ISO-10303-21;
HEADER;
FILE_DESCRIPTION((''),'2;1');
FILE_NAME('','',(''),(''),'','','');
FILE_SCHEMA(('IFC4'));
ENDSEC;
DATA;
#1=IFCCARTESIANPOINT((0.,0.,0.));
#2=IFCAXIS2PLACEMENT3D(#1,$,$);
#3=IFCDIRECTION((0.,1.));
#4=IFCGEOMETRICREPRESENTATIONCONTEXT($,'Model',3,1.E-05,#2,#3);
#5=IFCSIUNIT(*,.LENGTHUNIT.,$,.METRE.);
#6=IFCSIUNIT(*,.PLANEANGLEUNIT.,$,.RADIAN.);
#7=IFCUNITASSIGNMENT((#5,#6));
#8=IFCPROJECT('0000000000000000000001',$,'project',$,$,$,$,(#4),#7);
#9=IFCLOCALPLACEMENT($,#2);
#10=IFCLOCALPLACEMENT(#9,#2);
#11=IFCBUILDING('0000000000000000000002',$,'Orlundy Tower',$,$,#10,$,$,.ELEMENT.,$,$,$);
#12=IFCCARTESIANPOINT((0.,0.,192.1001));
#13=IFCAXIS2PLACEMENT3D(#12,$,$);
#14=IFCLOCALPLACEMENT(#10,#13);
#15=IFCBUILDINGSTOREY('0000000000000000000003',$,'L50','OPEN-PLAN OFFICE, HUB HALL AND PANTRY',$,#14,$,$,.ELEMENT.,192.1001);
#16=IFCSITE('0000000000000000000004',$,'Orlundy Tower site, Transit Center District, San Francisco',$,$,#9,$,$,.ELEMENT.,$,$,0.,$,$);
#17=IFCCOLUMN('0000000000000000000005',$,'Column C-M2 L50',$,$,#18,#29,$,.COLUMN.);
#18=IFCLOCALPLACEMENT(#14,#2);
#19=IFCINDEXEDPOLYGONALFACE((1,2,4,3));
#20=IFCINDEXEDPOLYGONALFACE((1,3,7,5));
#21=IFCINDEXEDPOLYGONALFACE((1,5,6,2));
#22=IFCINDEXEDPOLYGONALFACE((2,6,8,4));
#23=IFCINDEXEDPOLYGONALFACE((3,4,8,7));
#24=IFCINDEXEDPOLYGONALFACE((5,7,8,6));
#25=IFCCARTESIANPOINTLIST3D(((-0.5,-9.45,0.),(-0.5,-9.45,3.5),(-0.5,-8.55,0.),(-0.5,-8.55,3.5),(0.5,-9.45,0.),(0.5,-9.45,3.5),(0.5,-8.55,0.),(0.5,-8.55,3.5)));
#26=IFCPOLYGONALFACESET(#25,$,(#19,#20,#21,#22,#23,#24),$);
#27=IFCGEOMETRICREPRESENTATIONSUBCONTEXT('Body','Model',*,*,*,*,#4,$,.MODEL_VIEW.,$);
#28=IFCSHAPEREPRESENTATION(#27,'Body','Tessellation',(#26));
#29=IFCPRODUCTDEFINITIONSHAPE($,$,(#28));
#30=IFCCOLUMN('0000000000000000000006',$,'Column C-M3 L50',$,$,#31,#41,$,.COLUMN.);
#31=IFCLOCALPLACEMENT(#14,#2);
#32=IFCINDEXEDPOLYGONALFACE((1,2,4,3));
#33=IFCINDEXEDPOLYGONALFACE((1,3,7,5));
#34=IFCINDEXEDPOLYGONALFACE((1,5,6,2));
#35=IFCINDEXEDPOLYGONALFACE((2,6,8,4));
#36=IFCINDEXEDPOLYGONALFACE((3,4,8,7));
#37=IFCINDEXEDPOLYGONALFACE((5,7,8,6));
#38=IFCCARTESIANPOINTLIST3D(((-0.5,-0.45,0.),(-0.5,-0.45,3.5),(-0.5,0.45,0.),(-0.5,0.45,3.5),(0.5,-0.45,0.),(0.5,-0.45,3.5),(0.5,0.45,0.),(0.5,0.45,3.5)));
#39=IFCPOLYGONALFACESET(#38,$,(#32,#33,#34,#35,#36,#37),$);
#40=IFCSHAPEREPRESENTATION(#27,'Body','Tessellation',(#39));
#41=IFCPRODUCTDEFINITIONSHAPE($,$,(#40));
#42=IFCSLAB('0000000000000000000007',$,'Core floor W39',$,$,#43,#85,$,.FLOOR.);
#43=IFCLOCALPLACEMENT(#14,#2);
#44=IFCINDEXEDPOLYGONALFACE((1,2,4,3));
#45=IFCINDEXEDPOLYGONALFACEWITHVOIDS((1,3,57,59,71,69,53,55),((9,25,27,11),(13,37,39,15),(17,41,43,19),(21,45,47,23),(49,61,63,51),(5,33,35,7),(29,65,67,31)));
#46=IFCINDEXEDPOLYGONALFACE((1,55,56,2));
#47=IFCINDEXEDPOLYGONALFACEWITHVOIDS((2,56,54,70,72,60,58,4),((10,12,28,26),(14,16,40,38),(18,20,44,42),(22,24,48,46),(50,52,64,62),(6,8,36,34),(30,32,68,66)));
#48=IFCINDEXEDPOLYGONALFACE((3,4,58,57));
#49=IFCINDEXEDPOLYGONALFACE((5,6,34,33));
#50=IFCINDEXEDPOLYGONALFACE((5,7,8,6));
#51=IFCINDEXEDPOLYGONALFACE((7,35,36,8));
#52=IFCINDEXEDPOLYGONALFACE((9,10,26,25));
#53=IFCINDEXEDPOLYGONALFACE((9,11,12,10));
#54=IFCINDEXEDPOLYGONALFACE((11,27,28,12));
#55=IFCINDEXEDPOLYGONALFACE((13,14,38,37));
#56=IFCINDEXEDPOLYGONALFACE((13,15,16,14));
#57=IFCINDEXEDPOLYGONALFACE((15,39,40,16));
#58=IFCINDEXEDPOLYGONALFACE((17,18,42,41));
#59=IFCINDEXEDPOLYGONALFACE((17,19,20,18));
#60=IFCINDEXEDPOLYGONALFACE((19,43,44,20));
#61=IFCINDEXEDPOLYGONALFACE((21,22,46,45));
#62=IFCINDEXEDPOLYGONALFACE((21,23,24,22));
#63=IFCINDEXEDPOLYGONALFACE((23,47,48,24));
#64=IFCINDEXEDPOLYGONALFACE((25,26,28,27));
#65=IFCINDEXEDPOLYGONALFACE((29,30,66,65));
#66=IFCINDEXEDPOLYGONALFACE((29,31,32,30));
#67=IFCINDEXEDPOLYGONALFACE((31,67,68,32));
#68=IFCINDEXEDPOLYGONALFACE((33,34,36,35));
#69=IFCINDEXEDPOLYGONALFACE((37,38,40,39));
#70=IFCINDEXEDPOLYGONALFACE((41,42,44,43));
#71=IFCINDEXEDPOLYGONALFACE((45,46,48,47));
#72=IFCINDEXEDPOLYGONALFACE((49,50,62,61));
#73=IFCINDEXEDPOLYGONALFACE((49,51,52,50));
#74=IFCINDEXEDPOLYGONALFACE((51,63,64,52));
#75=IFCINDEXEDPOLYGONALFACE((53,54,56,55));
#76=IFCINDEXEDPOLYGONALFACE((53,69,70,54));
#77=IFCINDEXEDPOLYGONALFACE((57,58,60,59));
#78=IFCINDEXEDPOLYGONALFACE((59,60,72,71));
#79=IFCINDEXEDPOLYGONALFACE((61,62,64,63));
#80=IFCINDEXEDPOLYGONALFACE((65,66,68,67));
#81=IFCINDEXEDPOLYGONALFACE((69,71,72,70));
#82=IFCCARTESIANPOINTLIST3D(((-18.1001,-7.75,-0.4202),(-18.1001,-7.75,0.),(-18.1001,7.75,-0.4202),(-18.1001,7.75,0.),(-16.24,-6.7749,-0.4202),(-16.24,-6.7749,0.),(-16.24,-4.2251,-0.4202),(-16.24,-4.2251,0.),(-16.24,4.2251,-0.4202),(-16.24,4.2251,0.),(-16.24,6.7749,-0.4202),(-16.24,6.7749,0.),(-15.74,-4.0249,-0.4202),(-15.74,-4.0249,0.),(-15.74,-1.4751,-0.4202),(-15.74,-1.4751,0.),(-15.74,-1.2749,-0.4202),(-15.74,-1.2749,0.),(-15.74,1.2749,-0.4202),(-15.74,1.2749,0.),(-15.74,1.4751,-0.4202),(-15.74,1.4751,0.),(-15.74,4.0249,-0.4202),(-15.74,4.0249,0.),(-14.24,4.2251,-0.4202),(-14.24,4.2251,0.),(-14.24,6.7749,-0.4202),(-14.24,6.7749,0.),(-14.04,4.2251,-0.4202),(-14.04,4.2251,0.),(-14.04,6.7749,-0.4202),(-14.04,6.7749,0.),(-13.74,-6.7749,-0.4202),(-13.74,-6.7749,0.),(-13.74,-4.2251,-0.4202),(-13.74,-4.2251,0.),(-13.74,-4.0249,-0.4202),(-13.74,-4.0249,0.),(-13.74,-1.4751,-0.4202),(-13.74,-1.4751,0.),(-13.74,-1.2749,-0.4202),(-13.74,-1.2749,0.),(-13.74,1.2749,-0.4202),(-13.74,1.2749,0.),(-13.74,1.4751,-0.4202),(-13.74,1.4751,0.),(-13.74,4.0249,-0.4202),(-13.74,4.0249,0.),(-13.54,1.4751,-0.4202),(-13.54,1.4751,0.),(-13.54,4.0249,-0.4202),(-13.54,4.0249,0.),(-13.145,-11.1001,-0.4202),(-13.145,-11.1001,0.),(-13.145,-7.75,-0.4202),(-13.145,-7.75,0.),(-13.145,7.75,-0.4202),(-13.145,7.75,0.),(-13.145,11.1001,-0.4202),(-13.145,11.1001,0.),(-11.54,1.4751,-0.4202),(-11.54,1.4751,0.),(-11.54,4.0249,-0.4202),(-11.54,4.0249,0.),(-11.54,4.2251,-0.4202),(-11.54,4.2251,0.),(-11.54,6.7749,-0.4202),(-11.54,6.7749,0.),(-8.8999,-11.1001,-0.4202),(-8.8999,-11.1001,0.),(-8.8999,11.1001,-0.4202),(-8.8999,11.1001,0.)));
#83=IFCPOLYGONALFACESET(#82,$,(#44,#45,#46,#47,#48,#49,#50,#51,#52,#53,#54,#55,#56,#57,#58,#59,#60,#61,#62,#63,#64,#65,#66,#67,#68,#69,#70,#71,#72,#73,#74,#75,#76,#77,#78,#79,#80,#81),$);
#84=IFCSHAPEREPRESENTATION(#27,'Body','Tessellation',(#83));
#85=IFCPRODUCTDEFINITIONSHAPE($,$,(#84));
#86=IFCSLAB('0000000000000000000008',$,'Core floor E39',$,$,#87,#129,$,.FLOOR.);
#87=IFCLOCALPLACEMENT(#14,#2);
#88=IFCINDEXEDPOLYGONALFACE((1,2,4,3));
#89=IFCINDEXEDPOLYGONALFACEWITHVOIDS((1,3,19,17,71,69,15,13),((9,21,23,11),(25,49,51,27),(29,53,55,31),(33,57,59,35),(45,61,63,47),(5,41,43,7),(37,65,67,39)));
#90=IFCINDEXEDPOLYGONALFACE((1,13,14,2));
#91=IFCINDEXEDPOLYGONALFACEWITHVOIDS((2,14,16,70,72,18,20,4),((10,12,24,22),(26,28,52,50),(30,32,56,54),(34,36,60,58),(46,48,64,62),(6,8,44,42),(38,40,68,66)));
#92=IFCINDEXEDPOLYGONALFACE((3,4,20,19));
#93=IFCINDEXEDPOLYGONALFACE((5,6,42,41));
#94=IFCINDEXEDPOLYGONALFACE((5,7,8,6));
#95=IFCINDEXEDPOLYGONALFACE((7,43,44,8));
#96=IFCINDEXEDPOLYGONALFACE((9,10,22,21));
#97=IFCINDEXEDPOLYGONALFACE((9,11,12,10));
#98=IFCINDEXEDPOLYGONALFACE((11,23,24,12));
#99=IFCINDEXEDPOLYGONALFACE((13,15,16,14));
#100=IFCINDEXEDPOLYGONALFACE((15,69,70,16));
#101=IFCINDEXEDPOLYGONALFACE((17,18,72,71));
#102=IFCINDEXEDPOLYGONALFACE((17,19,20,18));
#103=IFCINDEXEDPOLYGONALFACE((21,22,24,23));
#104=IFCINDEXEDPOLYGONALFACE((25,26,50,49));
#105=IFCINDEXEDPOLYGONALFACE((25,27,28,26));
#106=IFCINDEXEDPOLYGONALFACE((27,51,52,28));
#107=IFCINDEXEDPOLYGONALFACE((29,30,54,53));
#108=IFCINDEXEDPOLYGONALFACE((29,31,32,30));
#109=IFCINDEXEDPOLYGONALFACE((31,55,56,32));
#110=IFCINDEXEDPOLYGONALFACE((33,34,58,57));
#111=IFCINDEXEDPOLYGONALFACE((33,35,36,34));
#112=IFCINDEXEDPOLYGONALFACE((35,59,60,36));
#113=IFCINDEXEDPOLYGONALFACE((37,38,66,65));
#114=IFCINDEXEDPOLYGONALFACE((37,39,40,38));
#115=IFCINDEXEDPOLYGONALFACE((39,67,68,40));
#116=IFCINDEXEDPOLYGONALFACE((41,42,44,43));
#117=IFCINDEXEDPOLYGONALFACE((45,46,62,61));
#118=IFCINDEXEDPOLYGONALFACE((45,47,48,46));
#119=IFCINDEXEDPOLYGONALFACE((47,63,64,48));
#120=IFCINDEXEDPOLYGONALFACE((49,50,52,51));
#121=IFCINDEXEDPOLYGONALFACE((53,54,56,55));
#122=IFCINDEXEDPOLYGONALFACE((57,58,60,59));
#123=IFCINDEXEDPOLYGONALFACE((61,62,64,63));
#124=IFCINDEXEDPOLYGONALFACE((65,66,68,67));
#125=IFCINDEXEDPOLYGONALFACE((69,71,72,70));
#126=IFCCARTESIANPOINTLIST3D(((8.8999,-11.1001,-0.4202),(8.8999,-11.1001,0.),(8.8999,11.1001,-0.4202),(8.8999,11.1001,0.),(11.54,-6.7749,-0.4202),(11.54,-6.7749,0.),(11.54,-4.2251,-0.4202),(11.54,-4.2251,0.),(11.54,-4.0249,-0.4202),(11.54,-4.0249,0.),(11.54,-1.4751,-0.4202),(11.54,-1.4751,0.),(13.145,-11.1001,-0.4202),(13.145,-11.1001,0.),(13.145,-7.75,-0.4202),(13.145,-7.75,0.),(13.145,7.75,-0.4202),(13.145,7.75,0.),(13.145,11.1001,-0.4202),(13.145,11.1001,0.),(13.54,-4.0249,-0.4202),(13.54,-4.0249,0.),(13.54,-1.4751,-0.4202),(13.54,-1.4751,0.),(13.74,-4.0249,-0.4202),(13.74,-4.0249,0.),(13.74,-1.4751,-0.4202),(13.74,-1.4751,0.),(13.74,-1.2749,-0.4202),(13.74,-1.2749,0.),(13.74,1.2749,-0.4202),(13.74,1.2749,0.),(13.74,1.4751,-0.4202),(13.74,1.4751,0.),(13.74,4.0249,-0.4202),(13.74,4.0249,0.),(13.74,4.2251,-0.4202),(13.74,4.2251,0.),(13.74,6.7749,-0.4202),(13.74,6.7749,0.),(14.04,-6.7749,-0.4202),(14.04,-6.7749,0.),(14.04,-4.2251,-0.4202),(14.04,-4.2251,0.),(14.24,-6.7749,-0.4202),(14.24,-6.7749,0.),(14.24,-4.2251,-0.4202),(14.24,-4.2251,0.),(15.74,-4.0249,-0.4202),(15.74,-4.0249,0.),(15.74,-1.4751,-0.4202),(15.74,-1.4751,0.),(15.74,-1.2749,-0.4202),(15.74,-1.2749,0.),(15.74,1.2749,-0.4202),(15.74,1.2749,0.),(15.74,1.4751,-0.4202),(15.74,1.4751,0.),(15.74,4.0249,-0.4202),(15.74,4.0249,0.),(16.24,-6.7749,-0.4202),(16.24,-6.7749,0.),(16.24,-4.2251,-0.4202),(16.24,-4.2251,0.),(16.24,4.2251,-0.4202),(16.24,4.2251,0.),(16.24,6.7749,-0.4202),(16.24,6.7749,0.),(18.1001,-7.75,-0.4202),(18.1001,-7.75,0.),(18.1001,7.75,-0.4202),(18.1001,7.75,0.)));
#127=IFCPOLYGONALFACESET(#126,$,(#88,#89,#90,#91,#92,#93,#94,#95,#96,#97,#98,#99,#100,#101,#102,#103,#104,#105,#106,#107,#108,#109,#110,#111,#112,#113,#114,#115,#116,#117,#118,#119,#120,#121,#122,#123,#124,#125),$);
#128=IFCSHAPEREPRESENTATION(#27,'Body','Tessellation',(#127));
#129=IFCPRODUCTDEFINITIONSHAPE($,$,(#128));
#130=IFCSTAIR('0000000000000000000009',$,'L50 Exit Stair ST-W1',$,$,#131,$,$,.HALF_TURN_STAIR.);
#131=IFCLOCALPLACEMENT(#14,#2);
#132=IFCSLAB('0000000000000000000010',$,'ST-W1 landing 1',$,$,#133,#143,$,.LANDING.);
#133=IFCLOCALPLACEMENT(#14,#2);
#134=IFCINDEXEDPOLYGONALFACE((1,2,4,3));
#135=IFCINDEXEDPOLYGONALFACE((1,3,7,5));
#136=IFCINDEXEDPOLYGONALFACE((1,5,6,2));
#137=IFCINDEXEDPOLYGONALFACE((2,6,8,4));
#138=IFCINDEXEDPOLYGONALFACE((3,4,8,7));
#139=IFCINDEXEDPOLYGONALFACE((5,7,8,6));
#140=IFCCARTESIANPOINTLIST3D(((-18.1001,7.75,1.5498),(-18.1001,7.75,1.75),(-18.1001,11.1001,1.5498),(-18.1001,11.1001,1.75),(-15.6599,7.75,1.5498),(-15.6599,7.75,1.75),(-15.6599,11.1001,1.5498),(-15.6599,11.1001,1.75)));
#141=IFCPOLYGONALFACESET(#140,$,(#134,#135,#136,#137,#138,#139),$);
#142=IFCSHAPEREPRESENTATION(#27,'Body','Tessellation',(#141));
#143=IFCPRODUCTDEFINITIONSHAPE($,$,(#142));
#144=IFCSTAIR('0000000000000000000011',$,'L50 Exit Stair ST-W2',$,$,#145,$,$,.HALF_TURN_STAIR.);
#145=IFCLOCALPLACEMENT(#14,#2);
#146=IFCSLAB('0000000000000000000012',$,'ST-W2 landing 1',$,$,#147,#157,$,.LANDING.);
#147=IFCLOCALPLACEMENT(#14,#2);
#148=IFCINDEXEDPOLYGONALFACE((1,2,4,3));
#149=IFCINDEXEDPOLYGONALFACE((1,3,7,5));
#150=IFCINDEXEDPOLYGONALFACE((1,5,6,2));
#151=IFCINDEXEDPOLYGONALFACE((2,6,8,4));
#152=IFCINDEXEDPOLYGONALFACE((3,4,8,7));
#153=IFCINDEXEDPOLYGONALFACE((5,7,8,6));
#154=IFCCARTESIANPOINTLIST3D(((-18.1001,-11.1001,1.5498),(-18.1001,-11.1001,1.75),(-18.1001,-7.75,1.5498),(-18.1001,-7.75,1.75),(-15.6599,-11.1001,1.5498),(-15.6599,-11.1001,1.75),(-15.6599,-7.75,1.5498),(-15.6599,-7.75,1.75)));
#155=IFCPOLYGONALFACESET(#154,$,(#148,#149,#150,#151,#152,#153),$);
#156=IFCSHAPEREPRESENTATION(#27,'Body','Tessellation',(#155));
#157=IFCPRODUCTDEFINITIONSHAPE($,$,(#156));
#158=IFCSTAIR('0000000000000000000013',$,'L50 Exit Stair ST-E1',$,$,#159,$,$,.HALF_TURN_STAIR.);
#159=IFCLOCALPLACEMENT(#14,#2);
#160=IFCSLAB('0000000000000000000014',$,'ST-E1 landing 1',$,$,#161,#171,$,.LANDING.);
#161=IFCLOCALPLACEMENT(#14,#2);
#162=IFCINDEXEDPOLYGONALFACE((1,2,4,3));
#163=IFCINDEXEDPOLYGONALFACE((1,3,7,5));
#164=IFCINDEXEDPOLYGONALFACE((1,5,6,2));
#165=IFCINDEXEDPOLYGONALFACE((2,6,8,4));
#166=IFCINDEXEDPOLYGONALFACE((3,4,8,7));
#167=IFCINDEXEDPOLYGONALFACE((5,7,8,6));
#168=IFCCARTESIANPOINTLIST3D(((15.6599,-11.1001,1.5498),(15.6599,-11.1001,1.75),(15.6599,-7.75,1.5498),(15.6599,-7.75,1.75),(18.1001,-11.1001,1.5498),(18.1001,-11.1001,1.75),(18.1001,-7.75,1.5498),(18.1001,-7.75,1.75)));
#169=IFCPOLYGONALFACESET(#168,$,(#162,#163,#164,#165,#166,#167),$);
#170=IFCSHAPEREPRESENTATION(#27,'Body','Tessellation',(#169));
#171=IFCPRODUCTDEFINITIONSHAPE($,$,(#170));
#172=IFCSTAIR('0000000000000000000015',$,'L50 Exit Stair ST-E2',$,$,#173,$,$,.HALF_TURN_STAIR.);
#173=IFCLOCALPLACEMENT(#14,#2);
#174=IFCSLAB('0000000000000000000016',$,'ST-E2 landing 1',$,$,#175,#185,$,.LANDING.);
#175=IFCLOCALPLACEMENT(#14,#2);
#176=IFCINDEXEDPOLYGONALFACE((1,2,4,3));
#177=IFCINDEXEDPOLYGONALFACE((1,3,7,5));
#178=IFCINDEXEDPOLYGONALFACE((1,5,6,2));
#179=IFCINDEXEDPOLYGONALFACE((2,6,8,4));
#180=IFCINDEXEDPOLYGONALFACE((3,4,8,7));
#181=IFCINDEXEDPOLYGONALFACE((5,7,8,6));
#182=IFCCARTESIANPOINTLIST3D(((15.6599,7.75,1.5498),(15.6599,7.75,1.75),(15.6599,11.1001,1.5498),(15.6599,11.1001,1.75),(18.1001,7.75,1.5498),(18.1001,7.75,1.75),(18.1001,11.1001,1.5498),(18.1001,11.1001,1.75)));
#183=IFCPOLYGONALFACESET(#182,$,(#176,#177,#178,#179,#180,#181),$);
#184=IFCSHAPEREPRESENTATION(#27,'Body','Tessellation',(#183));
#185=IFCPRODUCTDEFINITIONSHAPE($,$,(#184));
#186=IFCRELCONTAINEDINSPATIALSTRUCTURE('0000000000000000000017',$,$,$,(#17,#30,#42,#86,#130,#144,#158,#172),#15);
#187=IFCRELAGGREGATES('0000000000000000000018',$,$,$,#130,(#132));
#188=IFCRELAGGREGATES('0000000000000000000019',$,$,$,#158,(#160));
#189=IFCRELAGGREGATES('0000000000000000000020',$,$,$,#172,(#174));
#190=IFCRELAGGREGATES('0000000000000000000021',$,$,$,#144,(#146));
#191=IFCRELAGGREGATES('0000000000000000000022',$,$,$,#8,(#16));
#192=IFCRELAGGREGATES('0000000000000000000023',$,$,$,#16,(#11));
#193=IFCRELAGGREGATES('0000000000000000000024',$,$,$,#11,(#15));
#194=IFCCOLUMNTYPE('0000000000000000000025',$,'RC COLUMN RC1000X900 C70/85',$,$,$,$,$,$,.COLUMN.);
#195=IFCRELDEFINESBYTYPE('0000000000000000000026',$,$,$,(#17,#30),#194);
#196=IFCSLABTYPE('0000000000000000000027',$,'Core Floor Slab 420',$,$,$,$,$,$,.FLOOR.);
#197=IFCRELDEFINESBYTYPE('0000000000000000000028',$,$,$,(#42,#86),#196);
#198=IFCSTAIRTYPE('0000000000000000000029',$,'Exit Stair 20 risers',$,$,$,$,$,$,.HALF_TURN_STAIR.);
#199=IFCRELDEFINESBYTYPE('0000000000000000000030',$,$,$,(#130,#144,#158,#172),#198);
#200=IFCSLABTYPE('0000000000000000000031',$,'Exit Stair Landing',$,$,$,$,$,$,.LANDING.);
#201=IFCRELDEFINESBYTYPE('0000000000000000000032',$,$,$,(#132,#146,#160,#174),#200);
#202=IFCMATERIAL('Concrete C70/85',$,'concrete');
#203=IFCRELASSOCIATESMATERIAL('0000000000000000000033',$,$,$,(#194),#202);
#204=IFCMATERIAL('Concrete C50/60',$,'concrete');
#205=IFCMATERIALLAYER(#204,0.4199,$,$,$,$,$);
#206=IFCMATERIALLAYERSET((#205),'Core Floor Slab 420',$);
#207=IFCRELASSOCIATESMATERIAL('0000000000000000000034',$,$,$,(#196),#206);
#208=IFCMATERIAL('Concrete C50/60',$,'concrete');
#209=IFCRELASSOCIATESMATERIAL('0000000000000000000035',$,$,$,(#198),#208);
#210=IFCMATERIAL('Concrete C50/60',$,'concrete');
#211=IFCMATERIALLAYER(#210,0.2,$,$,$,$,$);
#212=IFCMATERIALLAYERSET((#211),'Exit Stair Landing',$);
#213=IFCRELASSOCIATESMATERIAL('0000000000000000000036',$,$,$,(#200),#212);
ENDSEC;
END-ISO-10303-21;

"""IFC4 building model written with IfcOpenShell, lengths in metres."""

from ifc_helpers import new_model, si_unit, direction, frame, origin, origin_2d, place, context, subcontext, project, spatial, polyline, rectangle, outline, extrude, material, layer, layer_set, material_profile, profile_set, type_object, element, aggregate, save


model = new_model("IFC4")

# Units and contexts
model_context = context("Model", 3, precision=1e-05, world=origin(), true_north=direction((0.0, 1.0)))
body_context = subcontext(model_context, "Body", "Model", "MODEL_VIEW")
ifc_project = project(units=[si_unit("LENGTHUNIT", "METRE"), si_unit("PLANEANGLEUNIT", "RADIAN")], contexts=[model_context])

# Site, building, storey
site_placement = place(None, origin())
site = spatial("IfcSite", under=ifc_project, at=site_placement, Name="Orlundy Tower site, Transit Center District, San Francisco", CompositionType="ELEMENT", RefElevation=0.0)
building_placement = place(site_placement, origin())
building = spatial("IfcBuilding", under=site, at=building_placement, Name="Orlundy Tower", CompositionType="ELEMENT")
storey_placement = place(building_placement, frame((0.0, 0.0, 192.1001)))
storey = spatial("IfcBuildingStorey", under=building, at=storey_placement, Name="L50", Description="OPEN-PLAN OFFICE, HUB HALL AND PANTRY", CompositionType="ELEMENT", Elevation=192.1001)

# Columns
ifc_material_1 = material(Name="Concrete C70/85", Category="concrete")
ifc_material_profile = material_profile(ifc_material_1, rectangle(XDim=1.0, YDim=0.8999, at=origin_2d()), Name="RC1000X900")
ifc_profile_set = profile_set([ifc_material_profile], Name="Concrete C70/85")
column_type = type_object("IfcColumnType", Name="RC COLUMN RC1000X900 C70/85", PredefinedType="COLUMN", material=ifc_profile_set)
for number, where, z_axis, x_axis, name in (
    (1, (0.0, -9.0, 0.0), (0.0, 0.0, 1.0), (1.0, 0.0, 0.0), "Column C-M2 L50"),
    (2, (0.0, 0.0, 0.0), (0.0, 0.0, 1.0), (1.0, 0.0, 0.0), "Column C-M3 L50"),
):
    element("IfcColumn", number, at=place(storey_placement, frame(where, z_axis=z_axis, x_axis=x_axis)), inside=storey, type_object=column_type, Name=name, PredefinedType="COLUMN", context=body_context, shape_type="SweptSolid", body=[
        extrude(rectangle(XDim=1.0, YDim=0.8999, at=origin_2d()), origin(), (0.0, 0.0, 1.0), 3.5),
    ])

# Slabs
ifc_material_2 = material(Name="Concrete C50/60", Category="concrete")
ifc_layer_1 = layer(ifc_material_2, 0.4199)
ifc_layer_set_1 = layer_set([ifc_layer_1], Name="Core Floor Slab 420")
slab_type_1 = type_object("IfcSlabType", Name="Core Floor Slab 420", PredefinedType="FLOOR", material=ifc_layer_set_1)
slab_1_placement = place(storey_placement, frame((0.0, 0.0, -0.4202)))
element("IfcSlab", 3, at=slab_1_placement, inside=storey, type_object=slab_type_1, Name="Core floor W39", PredefinedType="FLOOR", context=body_context, shape_type="SweptSolid", body=[
    extrude(outline(polyline([(-13.145, -11.1001), (-13.145, -7.75), (-18.1001, -7.75), (-18.1001, 7.75), (-13.145, 7.75), (-13.145, 11.1001), (-8.8999, 11.1001), (-8.8999, -11.1001), (-13.145, -11.1001)]), holes=[polyline([(-13.74, -4.2251), (-16.24, -4.2251), (-16.24, -6.7749), (-13.74, -6.7749), (-13.74, -4.2251)]), polyline([(-13.74, -4.0249), (-13.74, -1.4751), (-15.74, -1.4751), (-15.74, -4.0249), (-13.74, -4.0249)]), polyline([(-15.74, -1.2749), (-13.74, -1.2749), (-13.74, 1.2749), (-15.74, 1.2749), (-15.74, -1.2749)]), polyline([(-13.54, 4.0249), (-13.54, 1.4751), (-11.54, 1.4751), (-11.54, 4.0249), (-13.54, 4.0249)]), polyline([(-13.74, 4.0249), (-15.74, 4.0249), (-15.74, 1.4751), (-13.74, 1.4751), (-13.74, 4.0249)]), polyline([(-11.54, 4.2251), (-11.54, 6.7749), (-14.04, 6.7749), (-14.04, 4.2251), (-11.54, 4.2251)]), polyline([(-16.24, 4.2251), (-14.24, 4.2251), (-14.24, 6.7749), (-16.24, 6.7749), (-16.24, 4.2251)])]), origin(), (0.0, 0.0, 1.0), 0.4202),
])
slab_2_placement = place(storey_placement, frame((0.0, 0.0, -0.4202)))
element("IfcSlab", 4, at=slab_2_placement, inside=storey, type_object=slab_type_1, Name="Core floor E39", PredefinedType="FLOOR", context=body_context, shape_type="SweptSolid", body=[
    extrude(outline(polyline([(13.145, 11.1001), (13.145, 7.75), (18.1001, 7.75), (18.1001, -7.75), (13.145, -7.75), (13.145, -11.1001), (8.8999, -11.1001), (8.8999, 11.1001), (13.145, 11.1001)]), holes=[polyline([(13.74, 4.2251), (16.24, 4.2251), (16.24, 6.7749), (13.74, 6.7749), (13.74, 4.2251)]), polyline([(13.74, 4.0249), (13.74, 1.4751), (15.74, 1.4751), (15.74, 4.0249), (13.74, 4.0249)]), polyline([(15.74, 1.2749), (13.74, 1.2749), (13.74, -1.2749), (15.74, -1.2749), (15.74, 1.2749)]), polyline([(13.54, -4.0249), (13.54, -1.4751), (11.54, -1.4751), (11.54, -4.0249), (13.54, -4.0249)]), polyline([(13.74, -4.0249), (15.74, -4.0249), (15.74, -1.4751), (13.74, -1.4751), (13.74, -4.0249)]), polyline([(11.54, -4.2251), (11.54, -6.7749), (14.04, -6.7749), (14.04, -4.2251), (11.54, -4.2251)]), polyline([(16.24, -4.2251), (14.24, -4.2251), (14.24, -6.7749), (16.24, -6.7749), (16.24, -4.2251)])]), origin(), (0.0, 0.0, 1.0), 0.4202),
])

# Stairs, slabs
ifc_material_3 = material(Name="Concrete C50/60", Category="concrete")
stair_type = type_object("IfcStairType", Name="Exit Stair 20 risers", PredefinedType="HALF_TURN_STAIR", material=ifc_material_3)
stair_1_placement = place(storey_placement, origin())
stair_1 = element("IfcStair", 5, at=stair_1_placement, inside=storey, type_object=stair_type, Name="L50 Exit Stair ST-W1", PredefinedType="HALF_TURN_STAIR")
ifc_material_4 = material(Name="Concrete C50/60", Category="concrete")
ifc_layer_2 = layer(ifc_material_4, 0.2)
ifc_layer_set_2 = layer_set([ifc_layer_2], Name="Exit Stair Landing")
slab_type_2 = type_object("IfcSlabType", Name="Exit Stair Landing", PredefinedType="LANDING", material=ifc_layer_set_2)
slab_3_placement = place(storey_placement, frame((0.0, 0.0, 1.5498)))
slab_3 = element("IfcSlab", 6, at=slab_3_placement, type_object=slab_type_2, Name="ST-W1 landing 1", PredefinedType="LANDING", context=body_context, shape_type="SweptSolid", body=[
    extrude(outline(polyline([(-15.6599, 11.1001), (-18.1001, 11.1001), (-18.1001, 7.75), (-15.6599, 7.75), (-15.6599, 11.1001)])), origin(), (0.0, 0.0, 1.0), 0.2002),
])
aggregate(stair_1, [slab_3])
stair_2_placement = place(storey_placement, origin())
stair_2 = element("IfcStair", 7, at=stair_2_placement, inside=storey, type_object=stair_type, Name="L50 Exit Stair ST-W2", PredefinedType="HALF_TURN_STAIR")
slab_4_placement = place(storey_placement, frame((0.0, 0.0, 1.5498)))
slab_4 = element("IfcSlab", 8, at=slab_4_placement, type_object=slab_type_2, Name="ST-W2 landing 1", PredefinedType="LANDING", context=body_context, shape_type="SweptSolid", body=[
    extrude(outline(polyline([(-15.6599, -7.75), (-18.1001, -7.75), (-18.1001, -11.1001), (-15.6599, -11.1001), (-15.6599, -7.75)])), origin(), (0.0, 0.0, 1.0), 0.2002),
])
stair_3_placement = place(storey_placement, origin())
stair_3 = element("IfcStair", 9, at=stair_3_placement, inside=storey, type_object=stair_type, Name="L50 Exit Stair ST-E1", PredefinedType="HALF_TURN_STAIR")
slab_5_placement = place(storey_placement, frame((0.0, 0.0, 1.5498)))
slab_5 = element("IfcSlab", 10, at=slab_5_placement, type_object=slab_type_2, Name="ST-E1 landing 1", PredefinedType="LANDING", context=body_context, shape_type="SweptSolid", body=[
    extrude(outline(polyline([(15.6599, -11.1001), (18.1001, -11.1001), (18.1001, -7.75), (15.6599, -7.75), (15.6599, -11.1001)])), origin(), (0.0, 0.0, 1.0), 0.2002),
])
aggregate(stair_3, [slab_5])
stair_4_placement = place(storey_placement, origin())
stair_4 = element("IfcStair", 11, at=stair_4_placement, inside=storey, type_object=stair_type, Name="L50 Exit Stair ST-E2", PredefinedType="HALF_TURN_STAIR")
slab_6_placement = place(storey_placement, frame((0.0, 0.0, 1.5498)))
slab_6 = element("IfcSlab", 12, at=slab_6_placement, type_object=slab_type_2, Name="ST-E2 landing 1", PredefinedType="LANDING", context=body_context, shape_type="SweptSolid", body=[
    extrude(outline(polyline([(15.6599, 7.75), (18.1001, 7.75), (18.1001, 11.1001), (15.6599, 11.1001), (15.6599, 7.75)])), origin(), (0.0, 0.0, 1.0), 0.2002),
])
aggregate(stair_4, [slab_6])

aggregate(stair_2, [slab_4])

save(model, "model.ifc")
